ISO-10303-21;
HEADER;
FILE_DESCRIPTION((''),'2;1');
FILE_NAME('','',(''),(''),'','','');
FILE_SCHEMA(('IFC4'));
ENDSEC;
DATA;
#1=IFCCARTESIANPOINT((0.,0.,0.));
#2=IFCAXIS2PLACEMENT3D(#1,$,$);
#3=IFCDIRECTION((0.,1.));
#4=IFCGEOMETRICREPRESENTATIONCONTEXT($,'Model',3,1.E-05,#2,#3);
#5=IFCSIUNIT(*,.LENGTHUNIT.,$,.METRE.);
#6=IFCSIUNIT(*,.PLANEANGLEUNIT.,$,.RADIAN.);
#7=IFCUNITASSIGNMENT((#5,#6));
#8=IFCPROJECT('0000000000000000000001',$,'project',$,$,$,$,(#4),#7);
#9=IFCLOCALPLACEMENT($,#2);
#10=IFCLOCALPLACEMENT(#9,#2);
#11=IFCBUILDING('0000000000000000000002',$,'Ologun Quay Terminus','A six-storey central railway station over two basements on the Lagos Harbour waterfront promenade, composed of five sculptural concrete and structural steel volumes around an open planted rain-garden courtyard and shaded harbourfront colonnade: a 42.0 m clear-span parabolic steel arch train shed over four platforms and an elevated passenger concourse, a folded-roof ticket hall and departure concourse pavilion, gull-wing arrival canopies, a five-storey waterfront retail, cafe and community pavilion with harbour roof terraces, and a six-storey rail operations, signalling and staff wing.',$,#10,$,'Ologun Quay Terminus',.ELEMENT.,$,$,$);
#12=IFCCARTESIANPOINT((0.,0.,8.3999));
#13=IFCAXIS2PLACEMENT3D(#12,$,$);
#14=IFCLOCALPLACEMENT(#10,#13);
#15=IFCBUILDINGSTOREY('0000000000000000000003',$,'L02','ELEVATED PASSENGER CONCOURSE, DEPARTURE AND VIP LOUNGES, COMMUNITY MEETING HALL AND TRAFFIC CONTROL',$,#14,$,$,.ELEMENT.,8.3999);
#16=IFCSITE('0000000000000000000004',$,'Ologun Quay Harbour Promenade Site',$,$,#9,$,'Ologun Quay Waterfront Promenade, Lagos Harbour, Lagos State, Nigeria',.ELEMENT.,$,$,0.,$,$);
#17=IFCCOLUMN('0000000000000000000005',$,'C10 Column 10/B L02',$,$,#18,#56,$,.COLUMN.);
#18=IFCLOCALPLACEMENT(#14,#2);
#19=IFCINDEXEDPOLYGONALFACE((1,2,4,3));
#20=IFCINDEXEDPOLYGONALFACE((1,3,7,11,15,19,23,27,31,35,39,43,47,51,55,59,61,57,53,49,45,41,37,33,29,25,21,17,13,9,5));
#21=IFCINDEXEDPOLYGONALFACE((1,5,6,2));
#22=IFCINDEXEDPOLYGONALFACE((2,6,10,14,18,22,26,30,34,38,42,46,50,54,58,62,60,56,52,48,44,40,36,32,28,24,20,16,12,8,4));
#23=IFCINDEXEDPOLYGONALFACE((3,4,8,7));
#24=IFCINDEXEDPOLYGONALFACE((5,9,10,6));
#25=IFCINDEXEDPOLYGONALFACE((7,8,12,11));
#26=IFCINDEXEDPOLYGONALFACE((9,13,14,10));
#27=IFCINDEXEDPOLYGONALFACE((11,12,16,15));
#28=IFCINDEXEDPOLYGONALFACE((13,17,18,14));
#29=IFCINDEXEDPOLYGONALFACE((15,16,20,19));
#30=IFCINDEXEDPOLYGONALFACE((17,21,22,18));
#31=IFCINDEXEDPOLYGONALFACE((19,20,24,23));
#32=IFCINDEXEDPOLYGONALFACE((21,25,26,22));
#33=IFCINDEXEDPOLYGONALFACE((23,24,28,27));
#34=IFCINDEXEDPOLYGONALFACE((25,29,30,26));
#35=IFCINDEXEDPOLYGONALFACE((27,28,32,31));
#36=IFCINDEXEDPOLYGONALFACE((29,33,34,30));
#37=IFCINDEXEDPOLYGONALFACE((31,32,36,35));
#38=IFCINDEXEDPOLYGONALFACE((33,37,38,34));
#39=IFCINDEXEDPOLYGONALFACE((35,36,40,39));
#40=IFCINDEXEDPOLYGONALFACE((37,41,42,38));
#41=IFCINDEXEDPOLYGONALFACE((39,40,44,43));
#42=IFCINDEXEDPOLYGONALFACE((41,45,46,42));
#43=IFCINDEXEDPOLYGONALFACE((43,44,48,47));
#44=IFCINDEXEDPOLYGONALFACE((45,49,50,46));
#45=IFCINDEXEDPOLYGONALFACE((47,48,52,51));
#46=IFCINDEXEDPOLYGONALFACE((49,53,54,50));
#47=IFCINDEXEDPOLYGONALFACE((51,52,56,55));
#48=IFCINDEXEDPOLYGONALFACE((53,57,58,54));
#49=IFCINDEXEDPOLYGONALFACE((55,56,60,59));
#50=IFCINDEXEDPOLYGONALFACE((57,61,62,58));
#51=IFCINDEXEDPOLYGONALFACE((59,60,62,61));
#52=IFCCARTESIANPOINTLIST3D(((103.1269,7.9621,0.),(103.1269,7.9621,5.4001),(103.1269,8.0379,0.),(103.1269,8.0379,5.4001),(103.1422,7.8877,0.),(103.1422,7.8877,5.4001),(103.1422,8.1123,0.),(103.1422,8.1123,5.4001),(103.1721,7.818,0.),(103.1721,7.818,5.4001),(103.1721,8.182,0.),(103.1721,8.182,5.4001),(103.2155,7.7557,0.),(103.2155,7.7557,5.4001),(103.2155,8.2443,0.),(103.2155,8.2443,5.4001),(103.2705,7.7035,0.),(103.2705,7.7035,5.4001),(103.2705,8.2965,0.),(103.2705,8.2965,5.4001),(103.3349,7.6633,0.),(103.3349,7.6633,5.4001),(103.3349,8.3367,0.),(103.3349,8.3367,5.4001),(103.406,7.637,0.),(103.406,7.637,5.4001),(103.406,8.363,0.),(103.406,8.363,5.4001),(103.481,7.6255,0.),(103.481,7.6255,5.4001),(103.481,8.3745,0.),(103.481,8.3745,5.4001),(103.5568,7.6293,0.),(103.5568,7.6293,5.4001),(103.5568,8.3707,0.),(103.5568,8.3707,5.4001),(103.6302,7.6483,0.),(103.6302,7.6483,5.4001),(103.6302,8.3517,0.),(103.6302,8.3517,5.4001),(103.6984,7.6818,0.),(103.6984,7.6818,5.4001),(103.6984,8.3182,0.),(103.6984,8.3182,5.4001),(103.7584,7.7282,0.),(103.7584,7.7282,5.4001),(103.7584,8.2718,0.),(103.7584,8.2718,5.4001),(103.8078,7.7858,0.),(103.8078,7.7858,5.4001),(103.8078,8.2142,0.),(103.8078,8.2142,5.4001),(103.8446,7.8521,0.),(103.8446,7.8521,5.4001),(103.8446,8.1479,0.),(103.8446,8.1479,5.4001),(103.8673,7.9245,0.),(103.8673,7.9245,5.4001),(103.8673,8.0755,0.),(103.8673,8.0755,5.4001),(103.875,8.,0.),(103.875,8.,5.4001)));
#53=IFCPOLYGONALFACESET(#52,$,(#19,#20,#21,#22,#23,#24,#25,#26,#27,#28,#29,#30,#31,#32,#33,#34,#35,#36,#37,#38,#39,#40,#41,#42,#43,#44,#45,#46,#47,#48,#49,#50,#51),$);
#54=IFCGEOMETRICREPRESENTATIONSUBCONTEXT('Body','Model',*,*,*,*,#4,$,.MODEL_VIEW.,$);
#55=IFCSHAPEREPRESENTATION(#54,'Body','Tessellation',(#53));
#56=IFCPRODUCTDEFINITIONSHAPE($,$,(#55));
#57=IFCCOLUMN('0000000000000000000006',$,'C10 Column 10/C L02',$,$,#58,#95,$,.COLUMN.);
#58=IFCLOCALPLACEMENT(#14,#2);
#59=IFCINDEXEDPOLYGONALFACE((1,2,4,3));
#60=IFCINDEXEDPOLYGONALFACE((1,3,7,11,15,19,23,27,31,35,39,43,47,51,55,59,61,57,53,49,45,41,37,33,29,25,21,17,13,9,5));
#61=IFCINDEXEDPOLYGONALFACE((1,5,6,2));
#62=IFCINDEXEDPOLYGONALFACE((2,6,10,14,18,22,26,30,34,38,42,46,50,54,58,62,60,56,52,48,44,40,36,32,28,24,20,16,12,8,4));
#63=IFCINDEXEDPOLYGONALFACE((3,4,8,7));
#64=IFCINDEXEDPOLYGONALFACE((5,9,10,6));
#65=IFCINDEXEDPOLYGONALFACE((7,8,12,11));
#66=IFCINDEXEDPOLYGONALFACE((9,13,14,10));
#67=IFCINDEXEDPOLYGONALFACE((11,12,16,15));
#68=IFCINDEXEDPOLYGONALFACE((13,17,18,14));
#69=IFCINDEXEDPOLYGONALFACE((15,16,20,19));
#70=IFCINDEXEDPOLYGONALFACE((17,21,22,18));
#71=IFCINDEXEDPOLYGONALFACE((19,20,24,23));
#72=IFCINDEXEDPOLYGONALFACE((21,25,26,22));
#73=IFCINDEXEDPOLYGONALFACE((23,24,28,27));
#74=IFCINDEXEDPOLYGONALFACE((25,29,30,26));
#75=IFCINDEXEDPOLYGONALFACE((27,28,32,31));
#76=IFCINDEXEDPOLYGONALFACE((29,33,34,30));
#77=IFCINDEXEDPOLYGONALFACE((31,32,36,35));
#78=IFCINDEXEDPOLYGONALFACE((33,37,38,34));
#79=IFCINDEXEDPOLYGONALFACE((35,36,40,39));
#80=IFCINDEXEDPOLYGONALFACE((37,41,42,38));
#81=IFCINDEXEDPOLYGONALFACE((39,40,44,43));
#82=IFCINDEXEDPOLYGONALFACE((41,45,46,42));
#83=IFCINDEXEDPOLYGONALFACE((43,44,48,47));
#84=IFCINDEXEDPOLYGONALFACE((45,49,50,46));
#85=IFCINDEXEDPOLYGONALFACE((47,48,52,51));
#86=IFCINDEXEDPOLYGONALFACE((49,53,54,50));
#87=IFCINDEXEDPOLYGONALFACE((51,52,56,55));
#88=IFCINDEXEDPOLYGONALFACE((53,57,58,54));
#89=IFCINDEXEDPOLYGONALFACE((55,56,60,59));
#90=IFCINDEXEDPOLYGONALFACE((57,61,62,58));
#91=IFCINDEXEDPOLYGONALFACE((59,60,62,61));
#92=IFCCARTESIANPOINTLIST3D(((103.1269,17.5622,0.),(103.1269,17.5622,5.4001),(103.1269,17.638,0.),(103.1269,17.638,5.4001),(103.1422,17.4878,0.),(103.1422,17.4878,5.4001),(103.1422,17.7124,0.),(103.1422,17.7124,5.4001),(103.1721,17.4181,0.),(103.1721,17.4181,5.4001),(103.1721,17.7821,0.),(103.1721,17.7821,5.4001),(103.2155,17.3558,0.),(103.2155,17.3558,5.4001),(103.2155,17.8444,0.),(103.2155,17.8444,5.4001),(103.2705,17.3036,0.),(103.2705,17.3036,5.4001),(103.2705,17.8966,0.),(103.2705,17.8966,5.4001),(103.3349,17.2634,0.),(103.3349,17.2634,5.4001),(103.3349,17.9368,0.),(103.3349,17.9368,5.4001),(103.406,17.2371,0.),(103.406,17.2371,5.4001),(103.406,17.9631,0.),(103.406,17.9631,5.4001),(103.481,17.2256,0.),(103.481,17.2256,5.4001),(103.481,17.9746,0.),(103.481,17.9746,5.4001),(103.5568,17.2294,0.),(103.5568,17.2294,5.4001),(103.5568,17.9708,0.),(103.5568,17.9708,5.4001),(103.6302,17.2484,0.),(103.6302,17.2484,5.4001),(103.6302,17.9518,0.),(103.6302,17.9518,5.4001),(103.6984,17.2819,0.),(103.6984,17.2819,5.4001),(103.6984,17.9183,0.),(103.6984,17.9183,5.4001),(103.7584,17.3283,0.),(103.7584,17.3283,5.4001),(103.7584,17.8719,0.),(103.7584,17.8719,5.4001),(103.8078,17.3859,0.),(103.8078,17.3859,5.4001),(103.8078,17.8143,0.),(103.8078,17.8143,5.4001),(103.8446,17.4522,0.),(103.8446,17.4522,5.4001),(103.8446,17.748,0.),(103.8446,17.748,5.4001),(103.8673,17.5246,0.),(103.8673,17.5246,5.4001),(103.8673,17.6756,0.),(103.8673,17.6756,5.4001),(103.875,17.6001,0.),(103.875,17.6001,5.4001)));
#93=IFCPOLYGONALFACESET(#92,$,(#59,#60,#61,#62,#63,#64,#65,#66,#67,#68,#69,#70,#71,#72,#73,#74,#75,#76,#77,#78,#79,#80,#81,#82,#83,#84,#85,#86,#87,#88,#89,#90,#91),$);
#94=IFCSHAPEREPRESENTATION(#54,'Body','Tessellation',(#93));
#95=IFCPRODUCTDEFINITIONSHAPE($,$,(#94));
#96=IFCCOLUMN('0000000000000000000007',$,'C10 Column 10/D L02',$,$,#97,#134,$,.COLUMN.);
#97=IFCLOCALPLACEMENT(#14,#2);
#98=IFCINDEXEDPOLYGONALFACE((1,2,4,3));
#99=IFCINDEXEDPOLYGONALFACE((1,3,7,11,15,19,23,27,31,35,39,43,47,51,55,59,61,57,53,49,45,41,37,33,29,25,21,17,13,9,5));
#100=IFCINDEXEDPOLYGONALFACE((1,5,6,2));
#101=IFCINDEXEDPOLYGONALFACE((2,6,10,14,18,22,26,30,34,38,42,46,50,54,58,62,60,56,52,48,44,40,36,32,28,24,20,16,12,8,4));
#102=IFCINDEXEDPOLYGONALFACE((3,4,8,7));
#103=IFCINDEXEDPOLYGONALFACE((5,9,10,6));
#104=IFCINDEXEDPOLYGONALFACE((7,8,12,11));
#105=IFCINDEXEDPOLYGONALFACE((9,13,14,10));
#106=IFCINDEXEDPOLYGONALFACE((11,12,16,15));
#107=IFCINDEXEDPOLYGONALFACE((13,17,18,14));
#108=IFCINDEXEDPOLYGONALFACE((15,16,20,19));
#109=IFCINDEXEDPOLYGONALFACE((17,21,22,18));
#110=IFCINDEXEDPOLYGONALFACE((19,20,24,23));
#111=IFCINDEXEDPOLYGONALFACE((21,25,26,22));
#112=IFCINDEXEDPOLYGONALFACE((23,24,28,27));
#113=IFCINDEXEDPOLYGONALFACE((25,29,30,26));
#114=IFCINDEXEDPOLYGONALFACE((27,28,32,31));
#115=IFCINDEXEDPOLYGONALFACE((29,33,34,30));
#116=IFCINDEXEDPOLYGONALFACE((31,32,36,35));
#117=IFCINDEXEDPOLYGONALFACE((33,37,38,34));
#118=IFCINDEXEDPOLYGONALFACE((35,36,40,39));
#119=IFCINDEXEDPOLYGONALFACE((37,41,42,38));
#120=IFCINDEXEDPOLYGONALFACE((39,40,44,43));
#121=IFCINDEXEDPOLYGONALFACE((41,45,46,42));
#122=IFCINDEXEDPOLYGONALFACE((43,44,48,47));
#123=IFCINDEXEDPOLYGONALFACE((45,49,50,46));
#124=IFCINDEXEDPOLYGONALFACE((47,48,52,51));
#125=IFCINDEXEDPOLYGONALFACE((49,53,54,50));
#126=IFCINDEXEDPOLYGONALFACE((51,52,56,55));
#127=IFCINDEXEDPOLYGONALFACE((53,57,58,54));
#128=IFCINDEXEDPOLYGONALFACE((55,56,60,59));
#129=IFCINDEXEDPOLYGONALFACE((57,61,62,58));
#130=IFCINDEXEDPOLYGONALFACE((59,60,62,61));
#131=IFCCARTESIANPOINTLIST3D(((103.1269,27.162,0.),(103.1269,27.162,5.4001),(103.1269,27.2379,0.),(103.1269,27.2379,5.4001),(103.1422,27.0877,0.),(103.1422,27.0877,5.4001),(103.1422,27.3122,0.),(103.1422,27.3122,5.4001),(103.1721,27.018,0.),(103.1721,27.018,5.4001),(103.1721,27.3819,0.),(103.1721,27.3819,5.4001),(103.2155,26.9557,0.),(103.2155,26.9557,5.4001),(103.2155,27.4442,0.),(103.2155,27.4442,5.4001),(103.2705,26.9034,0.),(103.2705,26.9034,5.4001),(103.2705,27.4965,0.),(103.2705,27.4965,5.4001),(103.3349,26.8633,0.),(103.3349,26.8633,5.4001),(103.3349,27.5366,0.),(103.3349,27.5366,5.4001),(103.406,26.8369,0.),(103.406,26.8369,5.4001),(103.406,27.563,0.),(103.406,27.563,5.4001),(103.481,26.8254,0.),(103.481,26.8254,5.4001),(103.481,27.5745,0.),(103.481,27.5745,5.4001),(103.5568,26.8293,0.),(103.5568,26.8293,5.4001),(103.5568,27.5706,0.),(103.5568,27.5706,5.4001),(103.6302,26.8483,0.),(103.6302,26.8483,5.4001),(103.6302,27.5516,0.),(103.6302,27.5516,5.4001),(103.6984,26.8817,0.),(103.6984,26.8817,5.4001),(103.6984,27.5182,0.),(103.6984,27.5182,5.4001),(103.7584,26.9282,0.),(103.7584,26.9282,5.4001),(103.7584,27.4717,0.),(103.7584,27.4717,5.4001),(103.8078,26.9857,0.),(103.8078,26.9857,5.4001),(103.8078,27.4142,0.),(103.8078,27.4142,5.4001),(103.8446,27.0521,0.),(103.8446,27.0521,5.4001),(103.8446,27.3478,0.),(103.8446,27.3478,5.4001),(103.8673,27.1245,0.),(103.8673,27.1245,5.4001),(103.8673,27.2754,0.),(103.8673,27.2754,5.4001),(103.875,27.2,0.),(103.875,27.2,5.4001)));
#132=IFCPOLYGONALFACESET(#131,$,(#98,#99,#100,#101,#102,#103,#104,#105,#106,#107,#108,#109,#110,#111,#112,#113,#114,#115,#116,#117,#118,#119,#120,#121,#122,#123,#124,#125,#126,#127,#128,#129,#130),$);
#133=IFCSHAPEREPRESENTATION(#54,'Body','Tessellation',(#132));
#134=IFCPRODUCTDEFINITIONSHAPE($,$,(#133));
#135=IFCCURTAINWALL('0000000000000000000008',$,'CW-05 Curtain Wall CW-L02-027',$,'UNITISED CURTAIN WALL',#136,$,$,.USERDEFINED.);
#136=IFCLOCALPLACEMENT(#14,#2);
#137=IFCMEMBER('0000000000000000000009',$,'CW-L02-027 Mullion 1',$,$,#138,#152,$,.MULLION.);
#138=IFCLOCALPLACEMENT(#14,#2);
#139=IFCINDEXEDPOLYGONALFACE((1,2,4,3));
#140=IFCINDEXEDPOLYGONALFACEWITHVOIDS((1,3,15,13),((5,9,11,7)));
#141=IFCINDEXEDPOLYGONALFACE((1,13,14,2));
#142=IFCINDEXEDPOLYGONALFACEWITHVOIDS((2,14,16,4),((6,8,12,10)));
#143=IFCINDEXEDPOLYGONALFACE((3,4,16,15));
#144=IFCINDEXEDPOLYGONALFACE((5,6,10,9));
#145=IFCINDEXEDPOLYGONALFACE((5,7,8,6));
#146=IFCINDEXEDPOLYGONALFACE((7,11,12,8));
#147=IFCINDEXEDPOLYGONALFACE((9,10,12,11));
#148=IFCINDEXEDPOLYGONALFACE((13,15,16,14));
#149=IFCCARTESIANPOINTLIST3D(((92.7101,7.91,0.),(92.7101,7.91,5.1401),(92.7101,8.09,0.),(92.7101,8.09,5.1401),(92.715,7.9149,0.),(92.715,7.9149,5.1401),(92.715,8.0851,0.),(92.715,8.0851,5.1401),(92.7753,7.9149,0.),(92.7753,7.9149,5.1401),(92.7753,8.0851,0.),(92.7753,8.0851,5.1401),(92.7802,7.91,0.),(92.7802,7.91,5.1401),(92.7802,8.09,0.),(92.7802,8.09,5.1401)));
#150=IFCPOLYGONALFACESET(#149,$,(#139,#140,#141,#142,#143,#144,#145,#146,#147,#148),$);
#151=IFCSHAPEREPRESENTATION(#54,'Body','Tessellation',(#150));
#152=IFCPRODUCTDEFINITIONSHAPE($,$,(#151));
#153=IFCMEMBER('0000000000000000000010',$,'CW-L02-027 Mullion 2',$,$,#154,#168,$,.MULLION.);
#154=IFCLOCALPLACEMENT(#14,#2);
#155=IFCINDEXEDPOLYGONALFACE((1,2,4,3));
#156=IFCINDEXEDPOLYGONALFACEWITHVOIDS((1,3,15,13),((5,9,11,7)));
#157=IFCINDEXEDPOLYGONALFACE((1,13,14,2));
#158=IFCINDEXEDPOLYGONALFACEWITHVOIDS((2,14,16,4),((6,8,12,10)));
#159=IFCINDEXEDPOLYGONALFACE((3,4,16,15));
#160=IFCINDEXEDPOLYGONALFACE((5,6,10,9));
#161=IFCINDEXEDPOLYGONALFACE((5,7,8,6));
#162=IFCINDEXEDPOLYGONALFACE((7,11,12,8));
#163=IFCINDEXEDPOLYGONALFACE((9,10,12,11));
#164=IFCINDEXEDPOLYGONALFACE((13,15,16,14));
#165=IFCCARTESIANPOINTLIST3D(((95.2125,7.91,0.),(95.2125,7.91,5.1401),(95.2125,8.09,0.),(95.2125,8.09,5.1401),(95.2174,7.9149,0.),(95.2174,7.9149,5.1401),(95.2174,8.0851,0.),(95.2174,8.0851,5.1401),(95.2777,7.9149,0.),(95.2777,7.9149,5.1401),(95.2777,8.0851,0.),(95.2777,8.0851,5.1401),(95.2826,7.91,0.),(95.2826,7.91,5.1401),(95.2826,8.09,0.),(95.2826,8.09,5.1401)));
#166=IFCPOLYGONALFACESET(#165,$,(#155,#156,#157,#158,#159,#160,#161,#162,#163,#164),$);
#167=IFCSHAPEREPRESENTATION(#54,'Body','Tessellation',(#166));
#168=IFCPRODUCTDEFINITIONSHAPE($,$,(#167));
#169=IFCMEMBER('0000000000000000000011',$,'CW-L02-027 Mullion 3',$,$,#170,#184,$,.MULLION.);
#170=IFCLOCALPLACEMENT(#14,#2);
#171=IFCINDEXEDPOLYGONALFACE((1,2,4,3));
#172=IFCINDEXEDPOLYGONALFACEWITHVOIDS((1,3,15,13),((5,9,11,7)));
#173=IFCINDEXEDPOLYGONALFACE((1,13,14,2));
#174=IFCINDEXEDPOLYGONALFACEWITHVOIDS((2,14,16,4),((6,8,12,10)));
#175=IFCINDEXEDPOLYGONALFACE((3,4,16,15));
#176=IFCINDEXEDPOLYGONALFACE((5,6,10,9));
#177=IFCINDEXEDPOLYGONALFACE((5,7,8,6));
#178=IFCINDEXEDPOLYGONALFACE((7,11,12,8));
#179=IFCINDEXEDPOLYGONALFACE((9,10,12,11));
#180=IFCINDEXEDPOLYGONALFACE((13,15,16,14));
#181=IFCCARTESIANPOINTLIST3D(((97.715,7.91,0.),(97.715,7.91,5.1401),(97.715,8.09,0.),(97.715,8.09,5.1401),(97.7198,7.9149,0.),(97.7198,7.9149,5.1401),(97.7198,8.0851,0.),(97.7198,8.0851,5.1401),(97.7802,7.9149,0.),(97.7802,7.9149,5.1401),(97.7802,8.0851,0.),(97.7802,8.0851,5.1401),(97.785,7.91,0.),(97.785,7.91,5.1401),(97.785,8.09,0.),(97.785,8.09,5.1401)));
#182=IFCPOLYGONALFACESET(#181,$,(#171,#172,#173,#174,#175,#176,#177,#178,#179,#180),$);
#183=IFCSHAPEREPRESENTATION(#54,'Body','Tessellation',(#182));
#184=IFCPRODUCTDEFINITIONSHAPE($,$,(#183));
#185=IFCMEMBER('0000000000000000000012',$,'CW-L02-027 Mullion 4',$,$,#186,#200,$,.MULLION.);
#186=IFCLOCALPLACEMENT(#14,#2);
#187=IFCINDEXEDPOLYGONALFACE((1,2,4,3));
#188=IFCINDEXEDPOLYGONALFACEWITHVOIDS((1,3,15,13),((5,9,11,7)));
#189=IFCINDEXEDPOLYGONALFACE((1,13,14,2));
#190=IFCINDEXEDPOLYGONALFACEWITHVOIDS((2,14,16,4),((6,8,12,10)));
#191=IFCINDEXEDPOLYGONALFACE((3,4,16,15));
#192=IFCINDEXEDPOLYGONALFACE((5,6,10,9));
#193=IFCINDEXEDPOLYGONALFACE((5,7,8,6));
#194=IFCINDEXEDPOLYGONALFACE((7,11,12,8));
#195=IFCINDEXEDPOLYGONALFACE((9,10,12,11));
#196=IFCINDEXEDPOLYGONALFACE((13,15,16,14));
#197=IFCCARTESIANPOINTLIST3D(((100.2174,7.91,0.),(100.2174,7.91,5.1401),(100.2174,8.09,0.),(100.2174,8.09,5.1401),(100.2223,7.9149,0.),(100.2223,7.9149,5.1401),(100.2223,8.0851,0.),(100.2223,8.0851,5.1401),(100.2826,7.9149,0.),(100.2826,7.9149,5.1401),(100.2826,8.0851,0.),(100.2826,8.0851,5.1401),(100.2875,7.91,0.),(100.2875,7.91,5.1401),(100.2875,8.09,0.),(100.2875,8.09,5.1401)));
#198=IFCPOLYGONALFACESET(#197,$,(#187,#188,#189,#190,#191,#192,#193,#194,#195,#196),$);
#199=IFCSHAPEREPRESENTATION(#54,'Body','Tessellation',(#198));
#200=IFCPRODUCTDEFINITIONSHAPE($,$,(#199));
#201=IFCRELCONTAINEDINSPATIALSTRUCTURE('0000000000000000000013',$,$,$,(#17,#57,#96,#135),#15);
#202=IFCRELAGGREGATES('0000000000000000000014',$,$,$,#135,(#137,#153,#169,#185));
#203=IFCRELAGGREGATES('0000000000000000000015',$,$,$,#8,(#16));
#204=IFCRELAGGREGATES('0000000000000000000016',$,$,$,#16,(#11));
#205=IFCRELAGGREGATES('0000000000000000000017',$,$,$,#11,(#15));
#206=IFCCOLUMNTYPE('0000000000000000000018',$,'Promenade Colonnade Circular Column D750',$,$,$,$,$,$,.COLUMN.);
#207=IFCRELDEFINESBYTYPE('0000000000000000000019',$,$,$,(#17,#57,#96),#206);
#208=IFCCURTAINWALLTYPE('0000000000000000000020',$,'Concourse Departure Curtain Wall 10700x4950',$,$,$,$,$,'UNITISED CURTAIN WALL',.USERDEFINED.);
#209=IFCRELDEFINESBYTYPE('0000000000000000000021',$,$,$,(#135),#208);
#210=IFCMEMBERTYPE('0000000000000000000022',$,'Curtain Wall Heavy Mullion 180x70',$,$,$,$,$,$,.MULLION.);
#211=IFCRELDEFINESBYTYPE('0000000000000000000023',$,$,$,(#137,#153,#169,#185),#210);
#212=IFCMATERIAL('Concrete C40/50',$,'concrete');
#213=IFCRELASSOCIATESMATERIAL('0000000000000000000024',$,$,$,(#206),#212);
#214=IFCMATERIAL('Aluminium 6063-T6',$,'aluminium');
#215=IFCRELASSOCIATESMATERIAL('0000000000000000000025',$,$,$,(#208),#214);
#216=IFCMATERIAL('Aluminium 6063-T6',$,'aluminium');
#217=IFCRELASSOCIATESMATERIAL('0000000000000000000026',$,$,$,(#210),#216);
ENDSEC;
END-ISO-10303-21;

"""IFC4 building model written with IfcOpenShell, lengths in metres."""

from ifc_helpers import new_model, si_unit, direction, frame, origin, origin_2d, place, context, subcontext, project, spatial, hollow_rectangle, circle, extrude, material, material_profile, profile_set, type_object, element, aggregate, save


model = new_model("IFC4")

# Units and contexts
model_context = context("Model", 3, precision=1e-05, world=origin(), true_north=direction((0.0, 1.0)))
body_context = subcontext(model_context, "Body", "Model", "MODEL_VIEW")
ifc_project = project(units=[si_unit("LENGTHUNIT", "METRE"), si_unit("PLANEANGLEUNIT", "RADIAN")], contexts=[model_context])

# Site, building, storey
site_placement = place(None, origin())
site = spatial("IfcSite", under=ifc_project, at=site_placement, Name="Ologun Quay Harbour Promenade Site", LongName="Ologun Quay Waterfront Promenade, Lagos Harbour, Lagos State, Nigeria", CompositionType="ELEMENT", RefElevation=0.0)
building_placement = place(site_placement, origin())
building = spatial("IfcBuilding", under=site, at=building_placement, Name="Ologun Quay Terminus", Description="A six-storey central railway station over two basements on the Lagos Harbour waterfront promenade, composed of five sculptural concrete and structural steel volumes around an open planted rain-garden courtyard and shaded harbourfront colonnade: a 42.0 m clear-span parabolic steel arch train shed over four platforms and an elevated passenger concourse, a folded-roof ticket hall and departure concourse pavilion, gull-wing arrival canopies, a five-storey waterfront retail, cafe and community pavilion with harbour roof terraces, and a six-storey rail operations, signalling and staff wing.", LongName="Ologun Quay Terminus", CompositionType="ELEMENT")
storey_placement = place(building_placement, frame((0.0, 0.0, 8.3999)))
storey = spatial("IfcBuildingStorey", under=building, at=storey_placement, Name="L02", Description="ELEVATED PASSENGER CONCOURSE, DEPARTURE AND VIP LOUNGES, COMMUNITY MEETING HALL AND TRAFFIC CONTROL", CompositionType="ELEMENT", Elevation=8.3999)

# Columns
ifc_material_1 = material(Name="Concrete C40/50", Category="concrete")
ifc_material_profile_1 = material_profile(ifc_material_1, circle(Radius=0.375, at=origin_2d()), Name="RC D750")
ifc_profile_set_1 = profile_set([ifc_material_profile_1], Name="Concrete C40/50")
column_type = type_object("IfcColumnType", Name="Promenade Colonnade Circular Column D750", PredefinedType="COLUMN", material=ifc_profile_set_1)
for number, where, z_axis, x_axis, name in (
    (1, (103.5, 8.0, 0.0), (0.0, 0.0, 1.0), (1.0, 0.0, 0.0), "C10 Column 10/B L02"),
    (2, (103.5, 17.6001, 0.0), (0.0, 0.0, 1.0), (1.0, 0.0, 0.0), "C10 Column 10/C L02"),
    (3, (103.5, 27.2, 0.0), (0.0, 0.0, 1.0), (1.0, 0.0, 0.0), "C10 Column 10/D L02"),
):
    element("IfcColumn", number, at=place(storey_placement, frame(where, z_axis=z_axis, x_axis=x_axis)), inside=storey, type_object=column_type, Name=name, PredefinedType="COLUMN", context=body_context, shape_type="SweptSolid", body=[
        extrude(circle(Radius=0.375, at=origin_2d()), origin(), (0.0, 0.0, 1.0), 5.4001),
    ])

# Curtain wall, members
ifc_material_2 = material(Name="Aluminium 6063-T6", Category="aluminium")
curtain_wall_type = type_object("IfcCurtainWallType", Name="Concourse Departure Curtain Wall 10700x4950", ElementType="UNITISED CURTAIN WALL", PredefinedType="USERDEFINED", material=ifc_material_2)
curtain_wall_placement = place(storey_placement, origin())
curtain_wall = element("IfcCurtainWall", 4, at=curtain_wall_placement, inside=storey, type_object=curtain_wall_type, Name="CW-05 Curtain Wall CW-L02-027", ObjectType="UNITISED CURTAIN WALL", PredefinedType="USERDEFINED")
ifc_material_3 = material(Name="Aluminium 6063-T6", Category="aluminium")
ifc_material_profile_2 = material_profile(ifc_material_3, hollow_rectangle(XDim=0.0701, YDim=0.1799, WallThickness=0.0049, at=origin_2d()), Name="ALU 180x70x5")
ifc_profile_set_2 = profile_set([ifc_material_profile_2], Name="Aluminium 6063-T6")
member_type_1 = type_object("IfcMemberType", Name="Curtain Wall Heavy Mullion 180x70", PredefinedType="MULLION", material=ifc_profile_set_2)
member_1_placement = place(storey_placement, frame((92.7451, 8.0, 0.0), z_axis=(0.0, 0.0, 1.0), x_axis=(1.0, 0.0, 0.0)))
member_1 = element("IfcMember", 5, at=member_1_placement, type_object=member_type_1, Name="CW-L02-027 Mullion 1", PredefinedType="MULLION", context=body_context, shape_type="SweptSolid", body=[
    extrude(hollow_rectangle(XDim=0.0701, YDim=0.1799, WallThickness=0.0049, at=origin_2d()), origin(), (0.0, 0.0, 1.0), 5.1401),
])
member_2_placement = place(storey_placement, frame((95.2476, 8.0, 0.0), z_axis=(0.0, 0.0, 1.0), x_axis=(1.0, 0.0, 0.0)))
member_2 = element("IfcMember", 6, at=member_2_placement, type_object=member_type_1, Name="CW-L02-027 Mullion 2", PredefinedType="MULLION", context=body_context, shape_type="SweptSolid", body=[
    extrude(hollow_rectangle(XDim=0.0701, YDim=0.1799, WallThickness=0.0049, at=origin_2d()), origin(), (0.0, 0.0, 1.0), 5.1401),
])
member_3_placement = place(storey_placement, frame((97.75, 8.0, 0.0), z_axis=(0.0, 0.0, 1.0), x_axis=(1.0, 0.0, 0.0)))
member_3 = element("IfcMember", 7, at=member_3_placement, type_object=member_type_1, Name="CW-L02-027 Mullion 3", PredefinedType="MULLION", context=body_context, shape_type="SweptSolid", body=[
    extrude(hollow_rectangle(XDim=0.0701, YDim=0.1799, WallThickness=0.0049, at=origin_2d()), origin(), (0.0, 0.0, 1.0), 5.1401),
])
member_4_placement = place(storey_placement, frame((100.2524, 8.0, 0.0), z_axis=(0.0, 0.0, 1.0), x_axis=(1.0, 0.0, 0.0)))
member_4 = element("IfcMember", 8, at=member_4_placement, type_object=member_type_1, Name="CW-L02-027 Mullion 4", PredefinedType="MULLION", context=body_context, shape_type="SweptSolid", body=[
    extrude(hollow_rectangle(XDim=0.0701, YDim=0.1799, WallThickness=0.0049, at=origin_2d()), origin(), (0.0, 0.0, 1.0), 5.1401),
])

aggregate(curtain_wall, [member_1, member_2, member_3, member_4])

save(model, "model.ifc")
